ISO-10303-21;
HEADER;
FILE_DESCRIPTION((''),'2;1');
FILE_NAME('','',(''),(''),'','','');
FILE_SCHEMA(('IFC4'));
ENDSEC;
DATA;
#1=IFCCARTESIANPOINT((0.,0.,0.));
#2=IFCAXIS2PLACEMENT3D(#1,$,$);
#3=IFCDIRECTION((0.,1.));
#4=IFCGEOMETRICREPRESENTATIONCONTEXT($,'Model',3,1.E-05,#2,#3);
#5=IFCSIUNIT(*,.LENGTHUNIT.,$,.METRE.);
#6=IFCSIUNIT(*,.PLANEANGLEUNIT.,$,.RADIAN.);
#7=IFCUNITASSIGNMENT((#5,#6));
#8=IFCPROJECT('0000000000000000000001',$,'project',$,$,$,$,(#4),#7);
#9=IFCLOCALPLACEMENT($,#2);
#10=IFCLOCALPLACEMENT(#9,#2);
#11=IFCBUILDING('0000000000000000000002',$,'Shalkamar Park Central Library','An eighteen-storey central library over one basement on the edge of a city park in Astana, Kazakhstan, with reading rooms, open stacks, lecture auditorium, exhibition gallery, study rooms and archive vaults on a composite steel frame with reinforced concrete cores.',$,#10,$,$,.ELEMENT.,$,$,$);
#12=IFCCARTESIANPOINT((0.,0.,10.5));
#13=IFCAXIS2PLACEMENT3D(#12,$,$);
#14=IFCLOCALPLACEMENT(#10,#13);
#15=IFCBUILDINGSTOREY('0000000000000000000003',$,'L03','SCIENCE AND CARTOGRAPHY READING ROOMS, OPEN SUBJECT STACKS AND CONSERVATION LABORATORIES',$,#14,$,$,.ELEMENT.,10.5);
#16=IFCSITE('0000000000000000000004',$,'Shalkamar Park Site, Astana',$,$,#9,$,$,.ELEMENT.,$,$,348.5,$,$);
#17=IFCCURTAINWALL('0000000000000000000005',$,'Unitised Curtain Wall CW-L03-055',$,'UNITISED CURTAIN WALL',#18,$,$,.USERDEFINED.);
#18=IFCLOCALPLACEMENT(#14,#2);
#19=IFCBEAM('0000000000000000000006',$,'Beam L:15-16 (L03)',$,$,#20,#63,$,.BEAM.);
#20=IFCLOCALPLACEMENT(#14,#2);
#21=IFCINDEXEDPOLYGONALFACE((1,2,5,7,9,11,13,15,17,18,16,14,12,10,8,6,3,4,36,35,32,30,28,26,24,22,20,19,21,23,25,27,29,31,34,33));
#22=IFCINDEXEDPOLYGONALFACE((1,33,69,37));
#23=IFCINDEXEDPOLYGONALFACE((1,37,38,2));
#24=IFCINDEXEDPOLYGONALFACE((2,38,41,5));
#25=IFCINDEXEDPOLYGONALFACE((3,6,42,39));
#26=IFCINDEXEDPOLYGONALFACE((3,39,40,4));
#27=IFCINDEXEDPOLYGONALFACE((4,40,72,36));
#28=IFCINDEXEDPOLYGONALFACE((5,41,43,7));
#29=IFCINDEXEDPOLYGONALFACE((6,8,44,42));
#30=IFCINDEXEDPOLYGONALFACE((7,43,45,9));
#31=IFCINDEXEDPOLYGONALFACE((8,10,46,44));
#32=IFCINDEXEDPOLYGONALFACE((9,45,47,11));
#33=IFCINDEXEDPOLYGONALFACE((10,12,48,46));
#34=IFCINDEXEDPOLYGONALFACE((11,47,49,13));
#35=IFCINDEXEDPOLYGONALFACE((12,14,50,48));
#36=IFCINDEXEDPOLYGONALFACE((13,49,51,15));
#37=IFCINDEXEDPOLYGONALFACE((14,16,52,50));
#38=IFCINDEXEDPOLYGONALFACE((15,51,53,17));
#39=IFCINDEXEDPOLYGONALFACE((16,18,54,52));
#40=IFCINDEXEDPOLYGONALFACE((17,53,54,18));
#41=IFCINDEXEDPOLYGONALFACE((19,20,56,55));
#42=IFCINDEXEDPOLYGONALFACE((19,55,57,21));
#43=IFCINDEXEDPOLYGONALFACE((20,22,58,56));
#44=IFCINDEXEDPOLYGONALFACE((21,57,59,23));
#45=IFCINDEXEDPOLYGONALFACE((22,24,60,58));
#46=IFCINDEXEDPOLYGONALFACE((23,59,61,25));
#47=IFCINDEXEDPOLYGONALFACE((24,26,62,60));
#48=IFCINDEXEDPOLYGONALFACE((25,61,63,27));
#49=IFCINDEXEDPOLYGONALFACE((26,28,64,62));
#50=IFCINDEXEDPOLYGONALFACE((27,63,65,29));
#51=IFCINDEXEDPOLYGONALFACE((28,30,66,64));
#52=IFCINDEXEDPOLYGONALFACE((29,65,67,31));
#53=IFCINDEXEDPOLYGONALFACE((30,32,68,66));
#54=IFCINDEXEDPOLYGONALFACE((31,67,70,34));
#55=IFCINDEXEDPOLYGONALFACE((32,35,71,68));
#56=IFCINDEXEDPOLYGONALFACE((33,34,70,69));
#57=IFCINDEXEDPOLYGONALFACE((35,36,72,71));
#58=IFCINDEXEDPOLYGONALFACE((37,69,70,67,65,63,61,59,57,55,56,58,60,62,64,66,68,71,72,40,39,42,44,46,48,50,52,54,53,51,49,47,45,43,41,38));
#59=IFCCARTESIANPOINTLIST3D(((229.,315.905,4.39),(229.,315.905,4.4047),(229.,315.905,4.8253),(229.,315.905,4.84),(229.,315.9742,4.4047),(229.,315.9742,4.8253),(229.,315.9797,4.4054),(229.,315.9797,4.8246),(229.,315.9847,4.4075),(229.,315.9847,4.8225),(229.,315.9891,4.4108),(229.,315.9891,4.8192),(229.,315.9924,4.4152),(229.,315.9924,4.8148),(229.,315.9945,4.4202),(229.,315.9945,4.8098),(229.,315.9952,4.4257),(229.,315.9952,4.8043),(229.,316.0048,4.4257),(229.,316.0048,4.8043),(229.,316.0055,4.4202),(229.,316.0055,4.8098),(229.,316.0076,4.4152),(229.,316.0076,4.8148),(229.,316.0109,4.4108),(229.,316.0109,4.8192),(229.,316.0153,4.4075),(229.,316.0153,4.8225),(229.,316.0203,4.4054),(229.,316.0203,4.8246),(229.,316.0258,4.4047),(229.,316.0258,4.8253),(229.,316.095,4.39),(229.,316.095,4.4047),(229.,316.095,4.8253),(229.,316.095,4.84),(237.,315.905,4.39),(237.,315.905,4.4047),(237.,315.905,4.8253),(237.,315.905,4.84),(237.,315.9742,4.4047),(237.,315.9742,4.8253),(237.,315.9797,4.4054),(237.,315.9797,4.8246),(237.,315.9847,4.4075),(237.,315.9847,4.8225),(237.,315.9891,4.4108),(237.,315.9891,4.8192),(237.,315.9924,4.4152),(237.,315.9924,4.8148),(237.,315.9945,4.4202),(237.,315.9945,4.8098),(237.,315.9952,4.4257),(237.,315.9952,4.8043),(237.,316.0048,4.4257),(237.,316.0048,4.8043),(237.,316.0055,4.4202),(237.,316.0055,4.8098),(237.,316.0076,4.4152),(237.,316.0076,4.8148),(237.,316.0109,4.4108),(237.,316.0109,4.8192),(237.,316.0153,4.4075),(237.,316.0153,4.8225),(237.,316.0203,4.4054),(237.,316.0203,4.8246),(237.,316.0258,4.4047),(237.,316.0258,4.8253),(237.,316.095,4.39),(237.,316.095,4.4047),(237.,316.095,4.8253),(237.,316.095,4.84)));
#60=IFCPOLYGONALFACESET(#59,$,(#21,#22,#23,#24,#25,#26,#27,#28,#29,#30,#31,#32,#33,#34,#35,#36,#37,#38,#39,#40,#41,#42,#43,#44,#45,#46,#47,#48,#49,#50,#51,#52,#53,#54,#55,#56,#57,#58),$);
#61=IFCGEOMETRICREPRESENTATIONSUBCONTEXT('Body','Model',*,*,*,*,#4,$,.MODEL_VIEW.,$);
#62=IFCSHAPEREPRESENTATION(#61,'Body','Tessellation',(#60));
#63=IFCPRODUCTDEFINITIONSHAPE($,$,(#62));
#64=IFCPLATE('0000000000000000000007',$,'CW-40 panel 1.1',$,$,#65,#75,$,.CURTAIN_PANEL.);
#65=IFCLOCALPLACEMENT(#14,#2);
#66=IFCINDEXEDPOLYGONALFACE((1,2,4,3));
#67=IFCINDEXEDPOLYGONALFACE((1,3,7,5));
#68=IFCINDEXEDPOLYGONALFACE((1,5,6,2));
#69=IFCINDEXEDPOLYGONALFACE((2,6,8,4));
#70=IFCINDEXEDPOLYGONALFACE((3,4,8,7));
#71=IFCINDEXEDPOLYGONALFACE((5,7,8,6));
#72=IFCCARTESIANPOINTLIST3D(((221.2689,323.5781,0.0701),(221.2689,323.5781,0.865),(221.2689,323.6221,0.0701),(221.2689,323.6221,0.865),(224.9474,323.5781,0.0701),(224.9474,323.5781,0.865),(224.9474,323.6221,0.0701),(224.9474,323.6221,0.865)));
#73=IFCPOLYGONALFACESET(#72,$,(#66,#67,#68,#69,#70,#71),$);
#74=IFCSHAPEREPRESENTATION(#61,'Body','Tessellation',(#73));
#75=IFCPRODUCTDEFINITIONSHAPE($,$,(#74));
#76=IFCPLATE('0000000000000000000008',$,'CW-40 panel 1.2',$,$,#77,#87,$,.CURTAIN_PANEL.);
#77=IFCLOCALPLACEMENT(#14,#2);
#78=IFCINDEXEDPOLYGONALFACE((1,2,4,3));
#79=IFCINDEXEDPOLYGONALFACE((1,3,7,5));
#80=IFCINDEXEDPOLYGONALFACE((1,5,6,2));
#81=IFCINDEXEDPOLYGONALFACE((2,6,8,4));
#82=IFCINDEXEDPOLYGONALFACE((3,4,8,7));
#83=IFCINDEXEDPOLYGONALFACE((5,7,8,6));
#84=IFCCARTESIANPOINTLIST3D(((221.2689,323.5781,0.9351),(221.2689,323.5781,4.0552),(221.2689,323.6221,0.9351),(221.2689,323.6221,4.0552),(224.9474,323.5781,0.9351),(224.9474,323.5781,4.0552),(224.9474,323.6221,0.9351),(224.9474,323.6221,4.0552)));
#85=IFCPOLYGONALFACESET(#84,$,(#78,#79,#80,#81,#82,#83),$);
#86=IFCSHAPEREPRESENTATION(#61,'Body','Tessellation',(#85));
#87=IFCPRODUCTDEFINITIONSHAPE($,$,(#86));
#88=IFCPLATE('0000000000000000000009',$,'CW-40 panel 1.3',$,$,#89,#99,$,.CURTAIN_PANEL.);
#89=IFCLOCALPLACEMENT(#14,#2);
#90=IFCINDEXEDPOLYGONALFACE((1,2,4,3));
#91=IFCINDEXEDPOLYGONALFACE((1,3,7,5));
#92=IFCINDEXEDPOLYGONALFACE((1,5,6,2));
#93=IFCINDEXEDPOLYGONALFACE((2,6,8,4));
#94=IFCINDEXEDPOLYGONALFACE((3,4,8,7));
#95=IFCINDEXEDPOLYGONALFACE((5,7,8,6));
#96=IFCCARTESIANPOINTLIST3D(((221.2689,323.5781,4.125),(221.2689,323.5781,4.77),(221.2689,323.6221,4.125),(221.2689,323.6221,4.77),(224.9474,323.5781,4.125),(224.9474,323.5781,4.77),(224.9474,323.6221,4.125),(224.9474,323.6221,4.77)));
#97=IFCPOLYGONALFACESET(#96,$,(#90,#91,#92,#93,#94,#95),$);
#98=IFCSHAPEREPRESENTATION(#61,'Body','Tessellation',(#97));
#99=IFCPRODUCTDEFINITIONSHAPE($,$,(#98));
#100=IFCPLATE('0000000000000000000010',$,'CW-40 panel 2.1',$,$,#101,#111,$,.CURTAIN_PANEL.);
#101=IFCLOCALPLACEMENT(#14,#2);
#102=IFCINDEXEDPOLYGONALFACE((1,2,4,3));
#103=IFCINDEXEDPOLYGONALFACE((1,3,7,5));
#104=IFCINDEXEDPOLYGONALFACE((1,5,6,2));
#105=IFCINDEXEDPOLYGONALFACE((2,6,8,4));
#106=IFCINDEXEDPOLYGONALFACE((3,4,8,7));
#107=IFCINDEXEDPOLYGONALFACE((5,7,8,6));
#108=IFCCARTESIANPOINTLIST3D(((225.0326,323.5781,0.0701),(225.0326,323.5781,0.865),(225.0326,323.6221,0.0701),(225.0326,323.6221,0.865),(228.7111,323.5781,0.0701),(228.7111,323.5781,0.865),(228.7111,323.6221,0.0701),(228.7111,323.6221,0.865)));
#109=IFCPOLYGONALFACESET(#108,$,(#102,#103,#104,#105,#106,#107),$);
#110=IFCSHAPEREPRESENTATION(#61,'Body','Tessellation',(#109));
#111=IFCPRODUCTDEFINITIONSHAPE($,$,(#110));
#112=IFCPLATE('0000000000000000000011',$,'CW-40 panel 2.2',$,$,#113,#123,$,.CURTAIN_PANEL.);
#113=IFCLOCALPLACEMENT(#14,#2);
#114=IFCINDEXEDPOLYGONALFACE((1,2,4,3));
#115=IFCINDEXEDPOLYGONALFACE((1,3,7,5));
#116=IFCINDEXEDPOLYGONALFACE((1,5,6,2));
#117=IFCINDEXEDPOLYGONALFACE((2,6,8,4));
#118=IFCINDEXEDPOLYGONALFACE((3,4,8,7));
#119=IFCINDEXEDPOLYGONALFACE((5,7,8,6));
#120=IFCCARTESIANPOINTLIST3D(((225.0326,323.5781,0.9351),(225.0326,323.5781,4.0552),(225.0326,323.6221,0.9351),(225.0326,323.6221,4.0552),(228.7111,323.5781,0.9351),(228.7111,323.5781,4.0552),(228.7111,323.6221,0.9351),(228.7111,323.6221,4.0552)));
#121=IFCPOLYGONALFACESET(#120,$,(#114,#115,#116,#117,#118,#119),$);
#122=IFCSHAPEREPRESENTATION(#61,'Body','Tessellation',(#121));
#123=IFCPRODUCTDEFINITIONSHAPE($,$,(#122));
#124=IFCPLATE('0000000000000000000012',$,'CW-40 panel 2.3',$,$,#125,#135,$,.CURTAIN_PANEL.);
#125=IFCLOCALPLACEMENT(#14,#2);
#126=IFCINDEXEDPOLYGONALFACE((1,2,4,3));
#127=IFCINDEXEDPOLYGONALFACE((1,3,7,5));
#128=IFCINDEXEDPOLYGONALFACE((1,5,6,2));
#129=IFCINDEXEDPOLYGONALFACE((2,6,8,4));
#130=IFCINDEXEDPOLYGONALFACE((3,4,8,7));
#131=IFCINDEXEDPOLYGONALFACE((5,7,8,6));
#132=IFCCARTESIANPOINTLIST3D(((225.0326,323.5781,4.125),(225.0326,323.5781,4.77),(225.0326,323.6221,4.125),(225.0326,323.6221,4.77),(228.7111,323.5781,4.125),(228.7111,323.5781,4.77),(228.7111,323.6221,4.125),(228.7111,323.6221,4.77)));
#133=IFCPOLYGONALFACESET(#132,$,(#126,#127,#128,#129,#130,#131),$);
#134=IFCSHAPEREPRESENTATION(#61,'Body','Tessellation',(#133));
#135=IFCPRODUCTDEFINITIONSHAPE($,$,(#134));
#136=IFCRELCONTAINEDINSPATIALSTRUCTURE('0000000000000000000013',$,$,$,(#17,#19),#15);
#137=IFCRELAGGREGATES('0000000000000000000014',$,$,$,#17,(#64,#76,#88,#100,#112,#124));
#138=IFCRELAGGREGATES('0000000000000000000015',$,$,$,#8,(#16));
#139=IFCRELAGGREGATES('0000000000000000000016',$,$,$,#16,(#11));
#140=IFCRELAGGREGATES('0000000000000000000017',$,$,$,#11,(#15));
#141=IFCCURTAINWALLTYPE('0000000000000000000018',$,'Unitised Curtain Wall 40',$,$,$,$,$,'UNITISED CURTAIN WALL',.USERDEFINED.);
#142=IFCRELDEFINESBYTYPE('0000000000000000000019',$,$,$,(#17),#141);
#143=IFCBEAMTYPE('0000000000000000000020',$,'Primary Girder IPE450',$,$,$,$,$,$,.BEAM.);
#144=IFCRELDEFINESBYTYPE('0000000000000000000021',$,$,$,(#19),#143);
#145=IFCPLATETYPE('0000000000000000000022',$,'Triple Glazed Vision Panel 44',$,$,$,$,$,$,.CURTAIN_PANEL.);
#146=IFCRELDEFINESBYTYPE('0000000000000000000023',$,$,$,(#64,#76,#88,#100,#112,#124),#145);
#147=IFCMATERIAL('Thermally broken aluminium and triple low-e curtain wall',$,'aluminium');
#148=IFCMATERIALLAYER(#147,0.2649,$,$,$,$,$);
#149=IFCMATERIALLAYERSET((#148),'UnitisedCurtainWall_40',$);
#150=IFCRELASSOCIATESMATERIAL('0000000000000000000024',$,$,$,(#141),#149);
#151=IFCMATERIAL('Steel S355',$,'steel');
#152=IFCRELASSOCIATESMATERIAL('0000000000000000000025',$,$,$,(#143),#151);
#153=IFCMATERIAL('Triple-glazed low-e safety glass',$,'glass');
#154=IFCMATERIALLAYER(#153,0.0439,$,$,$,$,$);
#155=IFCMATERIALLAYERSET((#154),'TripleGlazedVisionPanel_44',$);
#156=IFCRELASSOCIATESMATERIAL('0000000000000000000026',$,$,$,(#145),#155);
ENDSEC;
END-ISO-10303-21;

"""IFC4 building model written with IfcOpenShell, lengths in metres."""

from ifc_helpers import new_model, si_unit, direction, frame, origin, origin_2d, place, context, subcontext, project, spatial, rectangle, i_section, extrude, material, layer, layer_set, material_profile, profile_set, type_object, element, aggregate, save


model = new_model("IFC4")

# Units and contexts
model_context = context("Model", 3, precision=1e-05, world=origin(), true_north=direction((0.0, 1.0)))
body_context = subcontext(model_context, "Body", "Model", "MODEL_VIEW")
ifc_project = project(units=[si_unit("LENGTHUNIT", "METRE"), si_unit("PLANEANGLEUNIT", "RADIAN")], contexts=[model_context])

# Site, building, storey
site_placement = place(None, origin())
site = spatial("IfcSite", under=ifc_project, at=site_placement, Name="Shalkamar Park Site, Astana", CompositionType="ELEMENT", RefElevation=348.5)
building_placement = place(site_placement, origin())
building = spatial("IfcBuilding", under=site, at=building_placement, Name="Shalkamar Park Central Library", Description="An eighteen-storey central library over one basement on the edge of a city park in Astana, Kazakhstan, with reading rooms, open stacks, lecture auditorium, exhibition gallery, study rooms and archive vaults on a composite steel frame with reinforced concrete cores.", CompositionType="ELEMENT")
storey_placement = place(building_placement, frame((0.0, 0.0, 10.5)))
storey = spatial("IfcBuildingStorey", under=building, at=storey_placement, Name="L03", Description="SCIENCE AND CARTOGRAPHY READING ROOMS, OPEN SUBJECT STACKS AND CONSERVATION LABORATORIES", CompositionType="ELEMENT", Elevation=10.5)

# Shared definitions
ifc_material_1 = material(Name="Steel S355", Category="steel")

# Curtain wall
ifc_material_2 = material(Name="Thermally broken aluminium and triple low-e curtain wall", Category="aluminium")
ifc_layer_1 = layer(ifc_material_2, 0.2649)
ifc_layer_set_1 = layer_set([ifc_layer_1], Name="UnitisedCurtainWall_40")
curtain_wall_type = type_object("IfcCurtainWallType", Name="Unitised Curtain Wall 40", ElementType="UNITISED CURTAIN WALL", PredefinedType="USERDEFINED", material=ifc_layer_set_1)
curtain_wall_placement = place(storey_placement, origin())
curtain_wall = element("IfcCurtainWall", 1, at=curtain_wall_placement, inside=storey, type_object=curtain_wall_type, Name="Unitised Curtain Wall CW-L03-055", ObjectType="UNITISED CURTAIN WALL", PredefinedType="USERDEFINED")

# Beam
ifc_material_profile_1 = material_profile(ifc_material_1, i_section(OverallWidth=0.1899, OverallDepth=0.45, WebThickness=0.0095, FlangeThickness=0.0146, FilletRadius=0.021, at=origin_2d()), Name="IPE 450")
ifc_profile_set_1 = profile_set([ifc_material_profile_1], Name="Steel S355")
beam_type_1 = type_object("IfcBeamType", Name="Primary Girder IPE450", PredefinedType="BEAM", material=ifc_profile_set_1)
beam_1_placement = place(storey_placement, frame((229.0, 316.0, 4.615), z_axis=(1.0, 0.0, 0.0), x_axis=(0.0, 1.0, 0.0)))
element("IfcBeam", 2, at=beam_1_placement, inside=storey, type_object=beam_type_1, Name="Beam L:15-16 (L03)", PredefinedType="BEAM", context=body_context, shape_type="SweptSolid", body=[
    extrude(i_section(OverallWidth=0.1899, OverallDepth=0.45, WebThickness=0.0095, FlangeThickness=0.0146, FilletRadius=0.021, at=origin_2d()), origin(), (0.0, 0.0, 1.0), 8.0),
])

# Plates
ifc_material_3 = material(Name="Triple-glazed low-e safety glass", Category="glass")
ifc_layer_2 = layer(ifc_material_3, 0.0439)
ifc_layer_set_2 = layer_set([ifc_layer_2], Name="TripleGlazedVisionPanel_44")
plate_type = type_object("IfcPlateType", Name="Triple Glazed Vision Panel 44", PredefinedType="CURTAIN_PANEL", material=ifc_layer_set_2)
plate_1_placement = place(storey_placement, frame((223.1082, 323.6001, 0.0701), z_axis=(0.0, 0.0, 1.0), x_axis=(1.0, 0.0, 0.0)))
plate_1 = element("IfcPlate", 3, at=plate_1_placement, type_object=plate_type, Name="CW-40 panel 1.1", PredefinedType="CURTAIN_PANEL", context=body_context, shape_type="SweptSolid", body=[
    extrude(rectangle(XDim=3.6785, YDim=0.0439, at=origin_2d()), origin(), (0.0, 0.0, 1.0), 0.7949),
])
plate_2_placement = place(storey_placement, frame((223.1082, 323.6001, 0.9351), z_axis=(0.0, 0.0, 1.0), x_axis=(1.0, 0.0, 0.0)))
plate_2 = element("IfcPlate", 4, at=plate_2_placement, type_object=plate_type, Name="CW-40 panel 1.2", PredefinedType="CURTAIN_PANEL", context=body_context, shape_type="SweptSolid", body=[
    extrude(rectangle(XDim=3.6785, YDim=0.0439, at=origin_2d()), origin(), (0.0, 0.0, 1.0), 3.1201),
])
plate_3_placement = place(storey_placement, frame((223.1082, 323.6001, 4.125), z_axis=(0.0, 0.0, 1.0), x_axis=(1.0, 0.0, 0.0)))
plate_3 = element("IfcPlate", 5, at=plate_3_placement, type_object=plate_type, Name="CW-40 panel 1.3", PredefinedType="CURTAIN_PANEL", context=body_context, shape_type="SweptSolid", body=[
    extrude(rectangle(XDim=3.6785, YDim=0.0439, at=origin_2d()), origin(), (0.0, 0.0, 1.0), 0.645),
])
plate_4_placement = place(storey_placement, frame((226.8718, 323.6001, 0.0701), z_axis=(0.0, 0.0, 1.0), x_axis=(1.0, 0.0, 0.0)))
plate_4 = element("IfcPlate", 6, at=plate_4_placement, type_object=plate_type, Name="CW-40 panel 2.1", PredefinedType="CURTAIN_PANEL", context=body_context, shape_type="SweptSolid", body=[
    extrude(rectangle(XDim=3.6785, YDim=0.0439, at=origin_2d()), origin(), (0.0, 0.0, 1.0), 0.7949),
])
plate_5_placement = place(storey_placement, frame((226.8718, 323.6001, 0.9351), z_axis=(0.0, 0.0, 1.0), x_axis=(1.0, 0.0, 0.0)))
plate_5 = element("IfcPlate", 7, at=plate_5_placement, type_object=plate_type, Name="CW-40 panel 2.2", PredefinedType="CURTAIN_PANEL", context=body_context, shape_type="SweptSolid", body=[
    extrude(rectangle(XDim=3.6785, YDim=0.0439, at=origin_2d()), origin(), (0.0, 0.0, 1.0), 3.1201),
])
plate_6_placement = place(storey_placement, frame((226.8718, 323.6001, 4.125), z_axis=(0.0, 0.0, 1.0), x_axis=(1.0, 0.0, 0.0)))
plate_6 = element("IfcPlate", 8, at=plate_6_placement, type_object=plate_type, Name="CW-40 panel 2.3", PredefinedType="CURTAIN_PANEL", context=body_context, shape_type="SweptSolid", body=[
    extrude(rectangle(XDim=3.6785, YDim=0.0439, at=origin_2d()), origin(), (0.0, 0.0, 1.0), 0.645),
])
aggregate(curtain_wall, [plate_1, plate_2, plate_3, plate_4, plate_5, plate_6])

save(model, "model.ifc")
